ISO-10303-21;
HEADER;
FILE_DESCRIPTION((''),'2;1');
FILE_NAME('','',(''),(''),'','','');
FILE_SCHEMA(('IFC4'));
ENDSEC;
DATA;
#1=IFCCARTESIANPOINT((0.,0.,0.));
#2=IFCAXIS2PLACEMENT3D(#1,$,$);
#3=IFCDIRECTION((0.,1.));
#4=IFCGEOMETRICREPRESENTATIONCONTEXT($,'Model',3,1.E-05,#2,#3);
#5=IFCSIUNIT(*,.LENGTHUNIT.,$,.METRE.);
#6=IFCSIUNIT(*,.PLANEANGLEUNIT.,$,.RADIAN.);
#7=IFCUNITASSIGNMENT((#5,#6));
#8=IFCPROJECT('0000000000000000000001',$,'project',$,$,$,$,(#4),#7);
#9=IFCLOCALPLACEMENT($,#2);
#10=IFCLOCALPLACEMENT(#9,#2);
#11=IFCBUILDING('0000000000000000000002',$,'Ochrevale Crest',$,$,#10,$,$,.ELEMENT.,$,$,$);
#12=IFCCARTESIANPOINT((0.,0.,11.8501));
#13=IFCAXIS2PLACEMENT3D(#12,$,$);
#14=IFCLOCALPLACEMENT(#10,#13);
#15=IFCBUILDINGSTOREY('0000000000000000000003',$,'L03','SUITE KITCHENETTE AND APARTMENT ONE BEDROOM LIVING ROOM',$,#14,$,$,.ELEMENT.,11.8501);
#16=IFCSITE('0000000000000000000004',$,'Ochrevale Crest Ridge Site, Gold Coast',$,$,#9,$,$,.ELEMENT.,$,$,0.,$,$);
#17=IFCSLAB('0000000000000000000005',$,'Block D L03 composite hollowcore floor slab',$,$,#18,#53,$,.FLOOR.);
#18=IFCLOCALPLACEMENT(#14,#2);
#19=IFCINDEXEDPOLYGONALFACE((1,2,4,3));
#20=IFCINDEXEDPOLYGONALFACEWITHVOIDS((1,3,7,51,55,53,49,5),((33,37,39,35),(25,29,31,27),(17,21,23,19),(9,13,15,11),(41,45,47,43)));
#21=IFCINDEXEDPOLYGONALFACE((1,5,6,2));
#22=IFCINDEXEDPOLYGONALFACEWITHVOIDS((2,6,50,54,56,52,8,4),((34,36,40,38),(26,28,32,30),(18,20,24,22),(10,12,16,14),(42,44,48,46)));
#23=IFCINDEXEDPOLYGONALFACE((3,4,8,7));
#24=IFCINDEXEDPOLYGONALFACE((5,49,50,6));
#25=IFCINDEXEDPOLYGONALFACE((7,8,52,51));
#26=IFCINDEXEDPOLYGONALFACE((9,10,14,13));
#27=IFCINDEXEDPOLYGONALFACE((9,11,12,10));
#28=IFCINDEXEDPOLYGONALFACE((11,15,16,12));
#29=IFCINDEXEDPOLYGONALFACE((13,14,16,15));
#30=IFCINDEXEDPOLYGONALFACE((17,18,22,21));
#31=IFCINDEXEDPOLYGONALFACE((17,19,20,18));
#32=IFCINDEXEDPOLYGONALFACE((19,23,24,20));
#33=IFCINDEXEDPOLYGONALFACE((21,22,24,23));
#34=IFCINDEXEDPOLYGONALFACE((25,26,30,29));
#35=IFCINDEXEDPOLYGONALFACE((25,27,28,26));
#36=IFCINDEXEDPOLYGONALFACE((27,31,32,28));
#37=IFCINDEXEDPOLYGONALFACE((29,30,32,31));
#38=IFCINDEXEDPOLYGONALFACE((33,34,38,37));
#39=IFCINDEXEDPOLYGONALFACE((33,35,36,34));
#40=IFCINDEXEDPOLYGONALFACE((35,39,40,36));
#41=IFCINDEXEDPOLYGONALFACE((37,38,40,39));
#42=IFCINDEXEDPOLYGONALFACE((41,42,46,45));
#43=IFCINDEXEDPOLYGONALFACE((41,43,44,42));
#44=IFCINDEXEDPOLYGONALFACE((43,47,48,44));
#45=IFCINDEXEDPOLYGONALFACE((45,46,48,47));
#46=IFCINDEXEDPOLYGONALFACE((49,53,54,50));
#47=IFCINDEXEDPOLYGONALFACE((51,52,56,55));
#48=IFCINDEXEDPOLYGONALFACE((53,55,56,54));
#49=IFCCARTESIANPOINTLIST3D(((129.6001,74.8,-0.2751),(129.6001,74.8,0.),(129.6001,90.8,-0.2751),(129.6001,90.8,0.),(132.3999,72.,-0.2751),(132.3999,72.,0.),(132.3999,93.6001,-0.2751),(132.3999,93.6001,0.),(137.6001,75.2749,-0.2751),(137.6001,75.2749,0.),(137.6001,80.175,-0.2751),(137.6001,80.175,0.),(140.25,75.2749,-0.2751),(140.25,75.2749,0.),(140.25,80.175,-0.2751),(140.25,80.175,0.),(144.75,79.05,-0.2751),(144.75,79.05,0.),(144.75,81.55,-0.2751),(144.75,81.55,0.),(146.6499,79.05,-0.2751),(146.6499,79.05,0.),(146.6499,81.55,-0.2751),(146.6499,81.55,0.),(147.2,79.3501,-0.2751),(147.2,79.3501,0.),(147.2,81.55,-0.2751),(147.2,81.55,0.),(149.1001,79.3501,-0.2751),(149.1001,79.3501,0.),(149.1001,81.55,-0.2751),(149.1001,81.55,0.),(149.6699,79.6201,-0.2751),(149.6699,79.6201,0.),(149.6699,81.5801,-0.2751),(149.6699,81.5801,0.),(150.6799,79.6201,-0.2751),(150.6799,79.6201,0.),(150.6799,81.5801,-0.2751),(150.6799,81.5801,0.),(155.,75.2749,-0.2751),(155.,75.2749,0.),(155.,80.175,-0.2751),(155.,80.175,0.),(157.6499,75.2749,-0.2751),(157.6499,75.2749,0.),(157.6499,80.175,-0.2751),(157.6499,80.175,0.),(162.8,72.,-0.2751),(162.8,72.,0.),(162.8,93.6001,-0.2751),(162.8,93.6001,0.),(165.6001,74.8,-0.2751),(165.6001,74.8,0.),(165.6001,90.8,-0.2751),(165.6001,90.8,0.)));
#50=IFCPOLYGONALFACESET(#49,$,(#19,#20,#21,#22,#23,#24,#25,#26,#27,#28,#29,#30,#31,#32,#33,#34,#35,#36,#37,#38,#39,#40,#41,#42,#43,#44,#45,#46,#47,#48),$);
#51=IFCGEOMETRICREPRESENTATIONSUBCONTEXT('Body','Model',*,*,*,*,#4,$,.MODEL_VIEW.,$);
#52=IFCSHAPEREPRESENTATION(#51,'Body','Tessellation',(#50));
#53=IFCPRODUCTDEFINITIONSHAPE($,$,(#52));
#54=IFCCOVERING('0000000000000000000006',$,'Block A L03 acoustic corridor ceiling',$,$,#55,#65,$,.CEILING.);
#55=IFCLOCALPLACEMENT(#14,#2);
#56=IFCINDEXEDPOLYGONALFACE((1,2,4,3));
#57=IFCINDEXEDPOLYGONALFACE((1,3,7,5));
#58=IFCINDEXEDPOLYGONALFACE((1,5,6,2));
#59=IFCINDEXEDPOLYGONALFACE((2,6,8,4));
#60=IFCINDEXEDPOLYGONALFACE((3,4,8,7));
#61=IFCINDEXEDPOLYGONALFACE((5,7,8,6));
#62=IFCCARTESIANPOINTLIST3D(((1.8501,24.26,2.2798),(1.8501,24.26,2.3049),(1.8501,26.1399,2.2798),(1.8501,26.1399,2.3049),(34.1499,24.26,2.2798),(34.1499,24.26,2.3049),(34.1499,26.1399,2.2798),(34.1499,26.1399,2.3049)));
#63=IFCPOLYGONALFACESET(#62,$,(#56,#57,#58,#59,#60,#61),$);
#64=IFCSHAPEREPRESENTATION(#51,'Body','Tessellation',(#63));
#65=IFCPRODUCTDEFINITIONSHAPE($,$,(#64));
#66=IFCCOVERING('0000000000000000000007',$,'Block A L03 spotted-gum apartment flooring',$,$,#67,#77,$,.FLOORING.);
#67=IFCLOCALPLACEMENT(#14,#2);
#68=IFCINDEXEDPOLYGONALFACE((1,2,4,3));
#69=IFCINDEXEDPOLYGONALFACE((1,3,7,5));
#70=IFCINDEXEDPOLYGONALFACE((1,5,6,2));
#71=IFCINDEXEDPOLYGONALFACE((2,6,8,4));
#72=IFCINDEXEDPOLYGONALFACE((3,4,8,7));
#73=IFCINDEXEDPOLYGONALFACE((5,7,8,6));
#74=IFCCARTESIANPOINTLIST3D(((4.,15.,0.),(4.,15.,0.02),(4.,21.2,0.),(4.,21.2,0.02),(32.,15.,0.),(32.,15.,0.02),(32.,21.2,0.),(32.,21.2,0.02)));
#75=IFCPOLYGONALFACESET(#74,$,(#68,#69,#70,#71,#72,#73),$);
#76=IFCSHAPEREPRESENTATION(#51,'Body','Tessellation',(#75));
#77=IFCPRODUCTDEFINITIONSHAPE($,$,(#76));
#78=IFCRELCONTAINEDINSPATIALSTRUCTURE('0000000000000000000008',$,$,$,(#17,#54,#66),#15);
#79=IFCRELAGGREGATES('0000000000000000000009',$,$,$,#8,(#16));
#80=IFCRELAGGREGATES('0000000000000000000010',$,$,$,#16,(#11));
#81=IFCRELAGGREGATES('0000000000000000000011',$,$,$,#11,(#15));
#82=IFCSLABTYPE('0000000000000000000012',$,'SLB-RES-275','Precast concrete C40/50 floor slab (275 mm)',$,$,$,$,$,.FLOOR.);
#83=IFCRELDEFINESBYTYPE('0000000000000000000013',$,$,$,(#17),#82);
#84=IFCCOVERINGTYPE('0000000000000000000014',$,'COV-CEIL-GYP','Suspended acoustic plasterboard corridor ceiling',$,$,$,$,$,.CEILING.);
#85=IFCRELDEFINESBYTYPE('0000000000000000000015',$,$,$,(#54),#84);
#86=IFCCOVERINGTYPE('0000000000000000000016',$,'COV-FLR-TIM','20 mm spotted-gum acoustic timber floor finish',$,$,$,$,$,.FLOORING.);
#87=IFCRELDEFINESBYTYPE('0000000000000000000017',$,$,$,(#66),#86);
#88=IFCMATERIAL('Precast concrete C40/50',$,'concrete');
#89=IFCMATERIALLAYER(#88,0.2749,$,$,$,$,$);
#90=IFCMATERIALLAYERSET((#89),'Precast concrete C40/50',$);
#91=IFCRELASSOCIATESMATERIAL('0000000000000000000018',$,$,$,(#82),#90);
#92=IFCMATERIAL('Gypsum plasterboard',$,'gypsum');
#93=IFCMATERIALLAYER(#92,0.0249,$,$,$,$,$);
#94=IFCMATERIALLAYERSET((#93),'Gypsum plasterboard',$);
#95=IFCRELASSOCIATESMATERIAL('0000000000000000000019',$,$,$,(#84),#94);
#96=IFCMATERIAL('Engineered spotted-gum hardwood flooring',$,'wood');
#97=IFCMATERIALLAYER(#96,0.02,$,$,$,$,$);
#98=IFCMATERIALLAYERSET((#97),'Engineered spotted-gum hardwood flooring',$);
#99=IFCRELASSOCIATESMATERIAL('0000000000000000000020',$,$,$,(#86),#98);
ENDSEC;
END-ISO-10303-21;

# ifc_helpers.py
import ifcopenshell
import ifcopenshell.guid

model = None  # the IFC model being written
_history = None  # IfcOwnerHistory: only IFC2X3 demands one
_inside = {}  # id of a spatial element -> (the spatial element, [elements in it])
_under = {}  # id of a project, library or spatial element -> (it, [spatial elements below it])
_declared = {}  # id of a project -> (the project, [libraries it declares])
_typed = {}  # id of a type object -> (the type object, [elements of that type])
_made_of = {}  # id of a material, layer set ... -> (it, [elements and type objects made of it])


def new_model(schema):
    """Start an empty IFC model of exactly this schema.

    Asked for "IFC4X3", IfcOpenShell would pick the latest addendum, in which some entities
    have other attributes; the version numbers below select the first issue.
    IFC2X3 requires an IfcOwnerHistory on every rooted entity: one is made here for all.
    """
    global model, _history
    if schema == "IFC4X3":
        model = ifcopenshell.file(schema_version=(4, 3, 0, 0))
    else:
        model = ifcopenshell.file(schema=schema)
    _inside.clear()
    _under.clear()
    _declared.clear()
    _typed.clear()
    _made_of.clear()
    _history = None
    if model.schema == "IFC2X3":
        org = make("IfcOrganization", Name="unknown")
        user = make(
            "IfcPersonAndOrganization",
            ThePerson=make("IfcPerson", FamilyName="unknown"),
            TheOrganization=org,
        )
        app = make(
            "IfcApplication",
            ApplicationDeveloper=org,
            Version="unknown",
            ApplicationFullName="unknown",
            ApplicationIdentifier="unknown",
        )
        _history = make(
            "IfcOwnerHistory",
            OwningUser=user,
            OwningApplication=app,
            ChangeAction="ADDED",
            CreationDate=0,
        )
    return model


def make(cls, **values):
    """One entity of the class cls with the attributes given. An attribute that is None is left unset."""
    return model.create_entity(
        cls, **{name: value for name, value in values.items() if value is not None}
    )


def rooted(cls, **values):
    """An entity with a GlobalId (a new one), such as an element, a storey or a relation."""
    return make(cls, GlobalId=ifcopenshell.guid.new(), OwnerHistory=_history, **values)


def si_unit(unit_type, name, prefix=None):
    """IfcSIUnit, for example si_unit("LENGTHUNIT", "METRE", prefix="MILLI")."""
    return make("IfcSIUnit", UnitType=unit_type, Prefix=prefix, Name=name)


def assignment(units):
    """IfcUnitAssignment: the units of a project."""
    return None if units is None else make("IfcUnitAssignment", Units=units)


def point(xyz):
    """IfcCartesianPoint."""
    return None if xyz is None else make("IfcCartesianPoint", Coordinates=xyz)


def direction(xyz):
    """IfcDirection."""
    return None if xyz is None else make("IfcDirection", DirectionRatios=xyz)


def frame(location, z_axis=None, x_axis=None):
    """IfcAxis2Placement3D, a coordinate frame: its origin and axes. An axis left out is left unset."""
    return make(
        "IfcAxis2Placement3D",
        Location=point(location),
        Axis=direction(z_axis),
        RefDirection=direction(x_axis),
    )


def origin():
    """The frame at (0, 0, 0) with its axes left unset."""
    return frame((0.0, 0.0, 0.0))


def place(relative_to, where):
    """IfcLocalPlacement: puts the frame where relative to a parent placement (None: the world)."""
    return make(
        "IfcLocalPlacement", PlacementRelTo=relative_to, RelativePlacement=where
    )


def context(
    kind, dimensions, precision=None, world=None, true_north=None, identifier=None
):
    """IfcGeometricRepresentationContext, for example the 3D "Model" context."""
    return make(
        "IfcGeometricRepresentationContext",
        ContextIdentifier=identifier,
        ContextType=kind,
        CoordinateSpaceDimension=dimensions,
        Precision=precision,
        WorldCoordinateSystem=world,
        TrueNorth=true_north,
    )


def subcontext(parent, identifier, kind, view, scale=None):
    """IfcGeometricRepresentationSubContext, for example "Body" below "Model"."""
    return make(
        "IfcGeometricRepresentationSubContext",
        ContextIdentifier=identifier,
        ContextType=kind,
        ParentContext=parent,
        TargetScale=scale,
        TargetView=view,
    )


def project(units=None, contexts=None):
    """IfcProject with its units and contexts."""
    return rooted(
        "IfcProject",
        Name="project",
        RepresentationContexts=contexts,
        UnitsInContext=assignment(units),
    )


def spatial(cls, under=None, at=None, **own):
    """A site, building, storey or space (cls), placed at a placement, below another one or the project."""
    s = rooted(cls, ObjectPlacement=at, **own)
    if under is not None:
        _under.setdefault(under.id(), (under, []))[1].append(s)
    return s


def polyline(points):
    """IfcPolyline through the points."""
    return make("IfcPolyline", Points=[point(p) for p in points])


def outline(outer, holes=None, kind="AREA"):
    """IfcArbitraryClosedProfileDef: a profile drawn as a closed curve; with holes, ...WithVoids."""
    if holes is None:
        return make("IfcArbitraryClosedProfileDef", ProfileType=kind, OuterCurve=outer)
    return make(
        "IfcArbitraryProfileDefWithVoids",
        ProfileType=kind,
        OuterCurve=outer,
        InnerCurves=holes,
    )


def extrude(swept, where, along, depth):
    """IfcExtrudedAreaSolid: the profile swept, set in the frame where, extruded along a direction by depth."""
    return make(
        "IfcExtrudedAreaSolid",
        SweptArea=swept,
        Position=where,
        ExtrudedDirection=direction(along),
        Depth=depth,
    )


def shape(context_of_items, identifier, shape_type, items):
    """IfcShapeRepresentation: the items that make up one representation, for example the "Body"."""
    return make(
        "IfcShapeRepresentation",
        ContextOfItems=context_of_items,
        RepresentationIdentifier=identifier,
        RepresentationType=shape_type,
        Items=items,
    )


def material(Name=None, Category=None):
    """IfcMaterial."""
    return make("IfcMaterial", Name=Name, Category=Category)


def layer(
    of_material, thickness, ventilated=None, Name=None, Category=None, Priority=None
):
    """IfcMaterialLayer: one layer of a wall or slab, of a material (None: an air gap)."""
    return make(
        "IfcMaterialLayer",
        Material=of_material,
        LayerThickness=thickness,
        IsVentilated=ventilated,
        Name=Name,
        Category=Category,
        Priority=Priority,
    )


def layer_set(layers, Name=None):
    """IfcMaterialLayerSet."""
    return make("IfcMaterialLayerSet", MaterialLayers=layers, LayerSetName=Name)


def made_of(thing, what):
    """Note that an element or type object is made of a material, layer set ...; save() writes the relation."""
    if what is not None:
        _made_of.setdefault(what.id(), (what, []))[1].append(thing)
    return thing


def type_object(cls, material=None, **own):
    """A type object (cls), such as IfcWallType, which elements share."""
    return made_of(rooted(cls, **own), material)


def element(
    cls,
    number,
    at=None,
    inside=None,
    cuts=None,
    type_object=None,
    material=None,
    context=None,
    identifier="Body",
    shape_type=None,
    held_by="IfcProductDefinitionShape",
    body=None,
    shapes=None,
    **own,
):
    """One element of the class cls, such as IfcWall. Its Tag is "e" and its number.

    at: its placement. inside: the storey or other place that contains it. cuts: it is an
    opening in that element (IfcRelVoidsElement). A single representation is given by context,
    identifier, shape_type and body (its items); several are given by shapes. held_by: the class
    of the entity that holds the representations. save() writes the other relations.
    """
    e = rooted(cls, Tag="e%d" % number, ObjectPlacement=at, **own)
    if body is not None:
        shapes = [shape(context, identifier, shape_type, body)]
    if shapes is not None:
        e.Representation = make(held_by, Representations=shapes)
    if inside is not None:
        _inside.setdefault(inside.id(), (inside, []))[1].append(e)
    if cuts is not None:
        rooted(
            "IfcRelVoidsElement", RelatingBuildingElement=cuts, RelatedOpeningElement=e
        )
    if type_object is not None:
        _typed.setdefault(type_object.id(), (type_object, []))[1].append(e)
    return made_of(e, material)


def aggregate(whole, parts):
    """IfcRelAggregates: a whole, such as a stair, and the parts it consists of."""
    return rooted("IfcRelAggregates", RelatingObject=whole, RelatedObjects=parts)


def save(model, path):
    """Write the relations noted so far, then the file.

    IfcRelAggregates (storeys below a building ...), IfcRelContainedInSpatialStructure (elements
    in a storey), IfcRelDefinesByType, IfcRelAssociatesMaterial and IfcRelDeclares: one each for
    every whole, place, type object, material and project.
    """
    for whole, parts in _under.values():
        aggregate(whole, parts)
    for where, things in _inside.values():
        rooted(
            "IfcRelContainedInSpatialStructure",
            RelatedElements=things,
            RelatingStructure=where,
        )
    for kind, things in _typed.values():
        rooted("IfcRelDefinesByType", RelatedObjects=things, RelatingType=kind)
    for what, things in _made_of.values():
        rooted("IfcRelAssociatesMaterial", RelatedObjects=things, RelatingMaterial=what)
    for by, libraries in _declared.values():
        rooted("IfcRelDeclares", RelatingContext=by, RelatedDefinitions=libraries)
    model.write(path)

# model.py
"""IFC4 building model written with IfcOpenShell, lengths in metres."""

from ifc_helpers import new_model, si_unit, direction, frame, origin, place, context, subcontext, project, spatial, polyline, outline, extrude, material, layer, layer_set, type_object, element, save


model = new_model("IFC4")

# Units and contexts
model_context = context("Model", 3, precision=1e-05, world=origin(), true_north=direction((0.0, 1.0)))
body_context = subcontext(model_context, "Body", "Model", "MODEL_VIEW")
ifc_project = project(units=[si_unit("LENGTHUNIT", "METRE"), si_unit("PLANEANGLEUNIT", "RADIAN")], contexts=[model_context])

# Site, building, storey
site_placement = place(None, origin())
site = spatial("IfcSite", under=ifc_project, at=site_placement, Name="Ochrevale Crest Ridge Site, Gold Coast", CompositionType="ELEMENT", RefElevation=0.0)
building_placement = place(site_placement, origin())
building = spatial("IfcBuilding", under=site, at=building_placement, Name="Ochrevale Crest", CompositionType="ELEMENT")
storey_placement = place(building_placement, frame((0.0, 0.0, 11.8501)))
storey = spatial("IfcBuildingStorey", under=building, at=storey_placement, Name="L03", Description="SUITE KITCHENETTE AND APARTMENT ONE BEDROOM LIVING ROOM", CompositionType="ELEMENT", Elevation=11.8501)

# Slab
ifc_material_1 = material(Name="Precast concrete C40/50", Category="concrete")
ifc_layer_1 = layer(ifc_material_1, 0.2749)
ifc_layer_set_1 = layer_set([ifc_layer_1], Name="Precast concrete C40/50")
slab_type_1 = type_object("IfcSlabType", Name="SLB-RES-275", Description="Precast concrete C40/50 floor slab (275 mm)", PredefinedType="FLOOR", material=ifc_layer_set_1)
slab_1_placement = place(storey_placement, frame((0.0, 0.0, -0.2751)))
element("IfcSlab", 1, at=slab_1_placement, inside=storey, type_object=slab_type_1, Name="Block D L03 composite hollowcore floor slab", PredefinedType="FLOOR", context=body_context, shape_type="SweptSolid", body=[
    extrude(outline(polyline([(132.3999, 72.0), (162.8, 72.0), (165.6001, 74.8), (165.6001, 90.8), (162.8, 93.6001), (132.3999, 93.6001), (129.6001, 90.8), (129.6001, 74.8), (132.3999, 72.0)]), holes=[polyline([(137.6001, 80.175), (137.6001, 75.2749), (140.25, 75.2749), (140.25, 80.175), (137.6001, 80.175)]), polyline([(155.0, 80.175), (155.0, 75.2749), (157.6499, 75.2749), (157.6499, 80.175), (155.0, 80.175)]), polyline([(144.75, 79.05), (146.6499, 79.05), (146.6499, 81.55), (144.75, 81.55), (144.75, 79.05)]), polyline([(147.2, 79.3501), (149.1001, 79.3501), (149.1001, 81.55), (147.2, 81.55), (147.2, 79.3501)]), polyline([(149.6699, 79.6201), (150.6799, 79.6201), (150.6799, 81.5801), (149.6699, 81.5801), (149.6699, 79.6201)])]), origin(), (0.0, 0.0, 1.0), 0.2751),
])

# Coverings
ifc_material_2 = material(Name="Gypsum plasterboard", Category="gypsum")
ifc_layer_2 = layer(ifc_material_2, 0.0249)
ifc_layer_set_2 = layer_set([ifc_layer_2], Name="Gypsum plasterboard")
covering_type_1 = type_object("IfcCoveringType", Name="COV-CEIL-GYP", Description="Suspended acoustic plasterboard corridor ceiling", PredefinedType="CEILING", material=ifc_layer_set_2)
covering_1_placement = place(storey_placement, frame((0.0, 0.0, 2.2798)))
element("IfcCovering", 2, at=covering_1_placement, inside=storey, type_object=covering_type_1, Name="Block A L03 acoustic corridor ceiling", PredefinedType="CEILING", context=body_context, shape_type="SweptSolid", body=[
    extrude(outline(polyline([(1.8501, 24.26), (34.1499, 24.26), (34.1499, 26.1399), (1.8501, 26.1399), (1.8501, 24.26)])), origin(), (0.0, 0.0, 1.0), 0.0251),
])
ifc_material_3 = material(Name="Engineered spotted-gum hardwood flooring", Category="wood")
ifc_layer_3 = layer(ifc_material_3, 0.02)
ifc_layer_set_3 = layer_set([ifc_layer_3], Name="Engineered spotted-gum hardwood flooring")
covering_type_2 = type_object("IfcCoveringType", Name="COV-FLR-TIM", Description="20 mm spotted-gum acoustic timber floor finish", PredefinedType="FLOORING", material=ifc_layer_set_3)
covering_2_placement = place(storey_placement, origin())
element("IfcCovering", 3, at=covering_2_placement, inside=storey, type_object=covering_type_2, Name="Block A L03 spotted-gum apartment flooring", PredefinedType="FLOORING", context=body_context, shape_type="SweptSolid", body=[
    extrude(outline(polyline([(4.0, 15.0), (32.0, 15.0), (32.0, 21.2), (4.0, 21.2), (4.0, 15.0)])), origin(), (0.0, 0.0, 1.0), 0.02),
])

save(model, "model.ifc")
